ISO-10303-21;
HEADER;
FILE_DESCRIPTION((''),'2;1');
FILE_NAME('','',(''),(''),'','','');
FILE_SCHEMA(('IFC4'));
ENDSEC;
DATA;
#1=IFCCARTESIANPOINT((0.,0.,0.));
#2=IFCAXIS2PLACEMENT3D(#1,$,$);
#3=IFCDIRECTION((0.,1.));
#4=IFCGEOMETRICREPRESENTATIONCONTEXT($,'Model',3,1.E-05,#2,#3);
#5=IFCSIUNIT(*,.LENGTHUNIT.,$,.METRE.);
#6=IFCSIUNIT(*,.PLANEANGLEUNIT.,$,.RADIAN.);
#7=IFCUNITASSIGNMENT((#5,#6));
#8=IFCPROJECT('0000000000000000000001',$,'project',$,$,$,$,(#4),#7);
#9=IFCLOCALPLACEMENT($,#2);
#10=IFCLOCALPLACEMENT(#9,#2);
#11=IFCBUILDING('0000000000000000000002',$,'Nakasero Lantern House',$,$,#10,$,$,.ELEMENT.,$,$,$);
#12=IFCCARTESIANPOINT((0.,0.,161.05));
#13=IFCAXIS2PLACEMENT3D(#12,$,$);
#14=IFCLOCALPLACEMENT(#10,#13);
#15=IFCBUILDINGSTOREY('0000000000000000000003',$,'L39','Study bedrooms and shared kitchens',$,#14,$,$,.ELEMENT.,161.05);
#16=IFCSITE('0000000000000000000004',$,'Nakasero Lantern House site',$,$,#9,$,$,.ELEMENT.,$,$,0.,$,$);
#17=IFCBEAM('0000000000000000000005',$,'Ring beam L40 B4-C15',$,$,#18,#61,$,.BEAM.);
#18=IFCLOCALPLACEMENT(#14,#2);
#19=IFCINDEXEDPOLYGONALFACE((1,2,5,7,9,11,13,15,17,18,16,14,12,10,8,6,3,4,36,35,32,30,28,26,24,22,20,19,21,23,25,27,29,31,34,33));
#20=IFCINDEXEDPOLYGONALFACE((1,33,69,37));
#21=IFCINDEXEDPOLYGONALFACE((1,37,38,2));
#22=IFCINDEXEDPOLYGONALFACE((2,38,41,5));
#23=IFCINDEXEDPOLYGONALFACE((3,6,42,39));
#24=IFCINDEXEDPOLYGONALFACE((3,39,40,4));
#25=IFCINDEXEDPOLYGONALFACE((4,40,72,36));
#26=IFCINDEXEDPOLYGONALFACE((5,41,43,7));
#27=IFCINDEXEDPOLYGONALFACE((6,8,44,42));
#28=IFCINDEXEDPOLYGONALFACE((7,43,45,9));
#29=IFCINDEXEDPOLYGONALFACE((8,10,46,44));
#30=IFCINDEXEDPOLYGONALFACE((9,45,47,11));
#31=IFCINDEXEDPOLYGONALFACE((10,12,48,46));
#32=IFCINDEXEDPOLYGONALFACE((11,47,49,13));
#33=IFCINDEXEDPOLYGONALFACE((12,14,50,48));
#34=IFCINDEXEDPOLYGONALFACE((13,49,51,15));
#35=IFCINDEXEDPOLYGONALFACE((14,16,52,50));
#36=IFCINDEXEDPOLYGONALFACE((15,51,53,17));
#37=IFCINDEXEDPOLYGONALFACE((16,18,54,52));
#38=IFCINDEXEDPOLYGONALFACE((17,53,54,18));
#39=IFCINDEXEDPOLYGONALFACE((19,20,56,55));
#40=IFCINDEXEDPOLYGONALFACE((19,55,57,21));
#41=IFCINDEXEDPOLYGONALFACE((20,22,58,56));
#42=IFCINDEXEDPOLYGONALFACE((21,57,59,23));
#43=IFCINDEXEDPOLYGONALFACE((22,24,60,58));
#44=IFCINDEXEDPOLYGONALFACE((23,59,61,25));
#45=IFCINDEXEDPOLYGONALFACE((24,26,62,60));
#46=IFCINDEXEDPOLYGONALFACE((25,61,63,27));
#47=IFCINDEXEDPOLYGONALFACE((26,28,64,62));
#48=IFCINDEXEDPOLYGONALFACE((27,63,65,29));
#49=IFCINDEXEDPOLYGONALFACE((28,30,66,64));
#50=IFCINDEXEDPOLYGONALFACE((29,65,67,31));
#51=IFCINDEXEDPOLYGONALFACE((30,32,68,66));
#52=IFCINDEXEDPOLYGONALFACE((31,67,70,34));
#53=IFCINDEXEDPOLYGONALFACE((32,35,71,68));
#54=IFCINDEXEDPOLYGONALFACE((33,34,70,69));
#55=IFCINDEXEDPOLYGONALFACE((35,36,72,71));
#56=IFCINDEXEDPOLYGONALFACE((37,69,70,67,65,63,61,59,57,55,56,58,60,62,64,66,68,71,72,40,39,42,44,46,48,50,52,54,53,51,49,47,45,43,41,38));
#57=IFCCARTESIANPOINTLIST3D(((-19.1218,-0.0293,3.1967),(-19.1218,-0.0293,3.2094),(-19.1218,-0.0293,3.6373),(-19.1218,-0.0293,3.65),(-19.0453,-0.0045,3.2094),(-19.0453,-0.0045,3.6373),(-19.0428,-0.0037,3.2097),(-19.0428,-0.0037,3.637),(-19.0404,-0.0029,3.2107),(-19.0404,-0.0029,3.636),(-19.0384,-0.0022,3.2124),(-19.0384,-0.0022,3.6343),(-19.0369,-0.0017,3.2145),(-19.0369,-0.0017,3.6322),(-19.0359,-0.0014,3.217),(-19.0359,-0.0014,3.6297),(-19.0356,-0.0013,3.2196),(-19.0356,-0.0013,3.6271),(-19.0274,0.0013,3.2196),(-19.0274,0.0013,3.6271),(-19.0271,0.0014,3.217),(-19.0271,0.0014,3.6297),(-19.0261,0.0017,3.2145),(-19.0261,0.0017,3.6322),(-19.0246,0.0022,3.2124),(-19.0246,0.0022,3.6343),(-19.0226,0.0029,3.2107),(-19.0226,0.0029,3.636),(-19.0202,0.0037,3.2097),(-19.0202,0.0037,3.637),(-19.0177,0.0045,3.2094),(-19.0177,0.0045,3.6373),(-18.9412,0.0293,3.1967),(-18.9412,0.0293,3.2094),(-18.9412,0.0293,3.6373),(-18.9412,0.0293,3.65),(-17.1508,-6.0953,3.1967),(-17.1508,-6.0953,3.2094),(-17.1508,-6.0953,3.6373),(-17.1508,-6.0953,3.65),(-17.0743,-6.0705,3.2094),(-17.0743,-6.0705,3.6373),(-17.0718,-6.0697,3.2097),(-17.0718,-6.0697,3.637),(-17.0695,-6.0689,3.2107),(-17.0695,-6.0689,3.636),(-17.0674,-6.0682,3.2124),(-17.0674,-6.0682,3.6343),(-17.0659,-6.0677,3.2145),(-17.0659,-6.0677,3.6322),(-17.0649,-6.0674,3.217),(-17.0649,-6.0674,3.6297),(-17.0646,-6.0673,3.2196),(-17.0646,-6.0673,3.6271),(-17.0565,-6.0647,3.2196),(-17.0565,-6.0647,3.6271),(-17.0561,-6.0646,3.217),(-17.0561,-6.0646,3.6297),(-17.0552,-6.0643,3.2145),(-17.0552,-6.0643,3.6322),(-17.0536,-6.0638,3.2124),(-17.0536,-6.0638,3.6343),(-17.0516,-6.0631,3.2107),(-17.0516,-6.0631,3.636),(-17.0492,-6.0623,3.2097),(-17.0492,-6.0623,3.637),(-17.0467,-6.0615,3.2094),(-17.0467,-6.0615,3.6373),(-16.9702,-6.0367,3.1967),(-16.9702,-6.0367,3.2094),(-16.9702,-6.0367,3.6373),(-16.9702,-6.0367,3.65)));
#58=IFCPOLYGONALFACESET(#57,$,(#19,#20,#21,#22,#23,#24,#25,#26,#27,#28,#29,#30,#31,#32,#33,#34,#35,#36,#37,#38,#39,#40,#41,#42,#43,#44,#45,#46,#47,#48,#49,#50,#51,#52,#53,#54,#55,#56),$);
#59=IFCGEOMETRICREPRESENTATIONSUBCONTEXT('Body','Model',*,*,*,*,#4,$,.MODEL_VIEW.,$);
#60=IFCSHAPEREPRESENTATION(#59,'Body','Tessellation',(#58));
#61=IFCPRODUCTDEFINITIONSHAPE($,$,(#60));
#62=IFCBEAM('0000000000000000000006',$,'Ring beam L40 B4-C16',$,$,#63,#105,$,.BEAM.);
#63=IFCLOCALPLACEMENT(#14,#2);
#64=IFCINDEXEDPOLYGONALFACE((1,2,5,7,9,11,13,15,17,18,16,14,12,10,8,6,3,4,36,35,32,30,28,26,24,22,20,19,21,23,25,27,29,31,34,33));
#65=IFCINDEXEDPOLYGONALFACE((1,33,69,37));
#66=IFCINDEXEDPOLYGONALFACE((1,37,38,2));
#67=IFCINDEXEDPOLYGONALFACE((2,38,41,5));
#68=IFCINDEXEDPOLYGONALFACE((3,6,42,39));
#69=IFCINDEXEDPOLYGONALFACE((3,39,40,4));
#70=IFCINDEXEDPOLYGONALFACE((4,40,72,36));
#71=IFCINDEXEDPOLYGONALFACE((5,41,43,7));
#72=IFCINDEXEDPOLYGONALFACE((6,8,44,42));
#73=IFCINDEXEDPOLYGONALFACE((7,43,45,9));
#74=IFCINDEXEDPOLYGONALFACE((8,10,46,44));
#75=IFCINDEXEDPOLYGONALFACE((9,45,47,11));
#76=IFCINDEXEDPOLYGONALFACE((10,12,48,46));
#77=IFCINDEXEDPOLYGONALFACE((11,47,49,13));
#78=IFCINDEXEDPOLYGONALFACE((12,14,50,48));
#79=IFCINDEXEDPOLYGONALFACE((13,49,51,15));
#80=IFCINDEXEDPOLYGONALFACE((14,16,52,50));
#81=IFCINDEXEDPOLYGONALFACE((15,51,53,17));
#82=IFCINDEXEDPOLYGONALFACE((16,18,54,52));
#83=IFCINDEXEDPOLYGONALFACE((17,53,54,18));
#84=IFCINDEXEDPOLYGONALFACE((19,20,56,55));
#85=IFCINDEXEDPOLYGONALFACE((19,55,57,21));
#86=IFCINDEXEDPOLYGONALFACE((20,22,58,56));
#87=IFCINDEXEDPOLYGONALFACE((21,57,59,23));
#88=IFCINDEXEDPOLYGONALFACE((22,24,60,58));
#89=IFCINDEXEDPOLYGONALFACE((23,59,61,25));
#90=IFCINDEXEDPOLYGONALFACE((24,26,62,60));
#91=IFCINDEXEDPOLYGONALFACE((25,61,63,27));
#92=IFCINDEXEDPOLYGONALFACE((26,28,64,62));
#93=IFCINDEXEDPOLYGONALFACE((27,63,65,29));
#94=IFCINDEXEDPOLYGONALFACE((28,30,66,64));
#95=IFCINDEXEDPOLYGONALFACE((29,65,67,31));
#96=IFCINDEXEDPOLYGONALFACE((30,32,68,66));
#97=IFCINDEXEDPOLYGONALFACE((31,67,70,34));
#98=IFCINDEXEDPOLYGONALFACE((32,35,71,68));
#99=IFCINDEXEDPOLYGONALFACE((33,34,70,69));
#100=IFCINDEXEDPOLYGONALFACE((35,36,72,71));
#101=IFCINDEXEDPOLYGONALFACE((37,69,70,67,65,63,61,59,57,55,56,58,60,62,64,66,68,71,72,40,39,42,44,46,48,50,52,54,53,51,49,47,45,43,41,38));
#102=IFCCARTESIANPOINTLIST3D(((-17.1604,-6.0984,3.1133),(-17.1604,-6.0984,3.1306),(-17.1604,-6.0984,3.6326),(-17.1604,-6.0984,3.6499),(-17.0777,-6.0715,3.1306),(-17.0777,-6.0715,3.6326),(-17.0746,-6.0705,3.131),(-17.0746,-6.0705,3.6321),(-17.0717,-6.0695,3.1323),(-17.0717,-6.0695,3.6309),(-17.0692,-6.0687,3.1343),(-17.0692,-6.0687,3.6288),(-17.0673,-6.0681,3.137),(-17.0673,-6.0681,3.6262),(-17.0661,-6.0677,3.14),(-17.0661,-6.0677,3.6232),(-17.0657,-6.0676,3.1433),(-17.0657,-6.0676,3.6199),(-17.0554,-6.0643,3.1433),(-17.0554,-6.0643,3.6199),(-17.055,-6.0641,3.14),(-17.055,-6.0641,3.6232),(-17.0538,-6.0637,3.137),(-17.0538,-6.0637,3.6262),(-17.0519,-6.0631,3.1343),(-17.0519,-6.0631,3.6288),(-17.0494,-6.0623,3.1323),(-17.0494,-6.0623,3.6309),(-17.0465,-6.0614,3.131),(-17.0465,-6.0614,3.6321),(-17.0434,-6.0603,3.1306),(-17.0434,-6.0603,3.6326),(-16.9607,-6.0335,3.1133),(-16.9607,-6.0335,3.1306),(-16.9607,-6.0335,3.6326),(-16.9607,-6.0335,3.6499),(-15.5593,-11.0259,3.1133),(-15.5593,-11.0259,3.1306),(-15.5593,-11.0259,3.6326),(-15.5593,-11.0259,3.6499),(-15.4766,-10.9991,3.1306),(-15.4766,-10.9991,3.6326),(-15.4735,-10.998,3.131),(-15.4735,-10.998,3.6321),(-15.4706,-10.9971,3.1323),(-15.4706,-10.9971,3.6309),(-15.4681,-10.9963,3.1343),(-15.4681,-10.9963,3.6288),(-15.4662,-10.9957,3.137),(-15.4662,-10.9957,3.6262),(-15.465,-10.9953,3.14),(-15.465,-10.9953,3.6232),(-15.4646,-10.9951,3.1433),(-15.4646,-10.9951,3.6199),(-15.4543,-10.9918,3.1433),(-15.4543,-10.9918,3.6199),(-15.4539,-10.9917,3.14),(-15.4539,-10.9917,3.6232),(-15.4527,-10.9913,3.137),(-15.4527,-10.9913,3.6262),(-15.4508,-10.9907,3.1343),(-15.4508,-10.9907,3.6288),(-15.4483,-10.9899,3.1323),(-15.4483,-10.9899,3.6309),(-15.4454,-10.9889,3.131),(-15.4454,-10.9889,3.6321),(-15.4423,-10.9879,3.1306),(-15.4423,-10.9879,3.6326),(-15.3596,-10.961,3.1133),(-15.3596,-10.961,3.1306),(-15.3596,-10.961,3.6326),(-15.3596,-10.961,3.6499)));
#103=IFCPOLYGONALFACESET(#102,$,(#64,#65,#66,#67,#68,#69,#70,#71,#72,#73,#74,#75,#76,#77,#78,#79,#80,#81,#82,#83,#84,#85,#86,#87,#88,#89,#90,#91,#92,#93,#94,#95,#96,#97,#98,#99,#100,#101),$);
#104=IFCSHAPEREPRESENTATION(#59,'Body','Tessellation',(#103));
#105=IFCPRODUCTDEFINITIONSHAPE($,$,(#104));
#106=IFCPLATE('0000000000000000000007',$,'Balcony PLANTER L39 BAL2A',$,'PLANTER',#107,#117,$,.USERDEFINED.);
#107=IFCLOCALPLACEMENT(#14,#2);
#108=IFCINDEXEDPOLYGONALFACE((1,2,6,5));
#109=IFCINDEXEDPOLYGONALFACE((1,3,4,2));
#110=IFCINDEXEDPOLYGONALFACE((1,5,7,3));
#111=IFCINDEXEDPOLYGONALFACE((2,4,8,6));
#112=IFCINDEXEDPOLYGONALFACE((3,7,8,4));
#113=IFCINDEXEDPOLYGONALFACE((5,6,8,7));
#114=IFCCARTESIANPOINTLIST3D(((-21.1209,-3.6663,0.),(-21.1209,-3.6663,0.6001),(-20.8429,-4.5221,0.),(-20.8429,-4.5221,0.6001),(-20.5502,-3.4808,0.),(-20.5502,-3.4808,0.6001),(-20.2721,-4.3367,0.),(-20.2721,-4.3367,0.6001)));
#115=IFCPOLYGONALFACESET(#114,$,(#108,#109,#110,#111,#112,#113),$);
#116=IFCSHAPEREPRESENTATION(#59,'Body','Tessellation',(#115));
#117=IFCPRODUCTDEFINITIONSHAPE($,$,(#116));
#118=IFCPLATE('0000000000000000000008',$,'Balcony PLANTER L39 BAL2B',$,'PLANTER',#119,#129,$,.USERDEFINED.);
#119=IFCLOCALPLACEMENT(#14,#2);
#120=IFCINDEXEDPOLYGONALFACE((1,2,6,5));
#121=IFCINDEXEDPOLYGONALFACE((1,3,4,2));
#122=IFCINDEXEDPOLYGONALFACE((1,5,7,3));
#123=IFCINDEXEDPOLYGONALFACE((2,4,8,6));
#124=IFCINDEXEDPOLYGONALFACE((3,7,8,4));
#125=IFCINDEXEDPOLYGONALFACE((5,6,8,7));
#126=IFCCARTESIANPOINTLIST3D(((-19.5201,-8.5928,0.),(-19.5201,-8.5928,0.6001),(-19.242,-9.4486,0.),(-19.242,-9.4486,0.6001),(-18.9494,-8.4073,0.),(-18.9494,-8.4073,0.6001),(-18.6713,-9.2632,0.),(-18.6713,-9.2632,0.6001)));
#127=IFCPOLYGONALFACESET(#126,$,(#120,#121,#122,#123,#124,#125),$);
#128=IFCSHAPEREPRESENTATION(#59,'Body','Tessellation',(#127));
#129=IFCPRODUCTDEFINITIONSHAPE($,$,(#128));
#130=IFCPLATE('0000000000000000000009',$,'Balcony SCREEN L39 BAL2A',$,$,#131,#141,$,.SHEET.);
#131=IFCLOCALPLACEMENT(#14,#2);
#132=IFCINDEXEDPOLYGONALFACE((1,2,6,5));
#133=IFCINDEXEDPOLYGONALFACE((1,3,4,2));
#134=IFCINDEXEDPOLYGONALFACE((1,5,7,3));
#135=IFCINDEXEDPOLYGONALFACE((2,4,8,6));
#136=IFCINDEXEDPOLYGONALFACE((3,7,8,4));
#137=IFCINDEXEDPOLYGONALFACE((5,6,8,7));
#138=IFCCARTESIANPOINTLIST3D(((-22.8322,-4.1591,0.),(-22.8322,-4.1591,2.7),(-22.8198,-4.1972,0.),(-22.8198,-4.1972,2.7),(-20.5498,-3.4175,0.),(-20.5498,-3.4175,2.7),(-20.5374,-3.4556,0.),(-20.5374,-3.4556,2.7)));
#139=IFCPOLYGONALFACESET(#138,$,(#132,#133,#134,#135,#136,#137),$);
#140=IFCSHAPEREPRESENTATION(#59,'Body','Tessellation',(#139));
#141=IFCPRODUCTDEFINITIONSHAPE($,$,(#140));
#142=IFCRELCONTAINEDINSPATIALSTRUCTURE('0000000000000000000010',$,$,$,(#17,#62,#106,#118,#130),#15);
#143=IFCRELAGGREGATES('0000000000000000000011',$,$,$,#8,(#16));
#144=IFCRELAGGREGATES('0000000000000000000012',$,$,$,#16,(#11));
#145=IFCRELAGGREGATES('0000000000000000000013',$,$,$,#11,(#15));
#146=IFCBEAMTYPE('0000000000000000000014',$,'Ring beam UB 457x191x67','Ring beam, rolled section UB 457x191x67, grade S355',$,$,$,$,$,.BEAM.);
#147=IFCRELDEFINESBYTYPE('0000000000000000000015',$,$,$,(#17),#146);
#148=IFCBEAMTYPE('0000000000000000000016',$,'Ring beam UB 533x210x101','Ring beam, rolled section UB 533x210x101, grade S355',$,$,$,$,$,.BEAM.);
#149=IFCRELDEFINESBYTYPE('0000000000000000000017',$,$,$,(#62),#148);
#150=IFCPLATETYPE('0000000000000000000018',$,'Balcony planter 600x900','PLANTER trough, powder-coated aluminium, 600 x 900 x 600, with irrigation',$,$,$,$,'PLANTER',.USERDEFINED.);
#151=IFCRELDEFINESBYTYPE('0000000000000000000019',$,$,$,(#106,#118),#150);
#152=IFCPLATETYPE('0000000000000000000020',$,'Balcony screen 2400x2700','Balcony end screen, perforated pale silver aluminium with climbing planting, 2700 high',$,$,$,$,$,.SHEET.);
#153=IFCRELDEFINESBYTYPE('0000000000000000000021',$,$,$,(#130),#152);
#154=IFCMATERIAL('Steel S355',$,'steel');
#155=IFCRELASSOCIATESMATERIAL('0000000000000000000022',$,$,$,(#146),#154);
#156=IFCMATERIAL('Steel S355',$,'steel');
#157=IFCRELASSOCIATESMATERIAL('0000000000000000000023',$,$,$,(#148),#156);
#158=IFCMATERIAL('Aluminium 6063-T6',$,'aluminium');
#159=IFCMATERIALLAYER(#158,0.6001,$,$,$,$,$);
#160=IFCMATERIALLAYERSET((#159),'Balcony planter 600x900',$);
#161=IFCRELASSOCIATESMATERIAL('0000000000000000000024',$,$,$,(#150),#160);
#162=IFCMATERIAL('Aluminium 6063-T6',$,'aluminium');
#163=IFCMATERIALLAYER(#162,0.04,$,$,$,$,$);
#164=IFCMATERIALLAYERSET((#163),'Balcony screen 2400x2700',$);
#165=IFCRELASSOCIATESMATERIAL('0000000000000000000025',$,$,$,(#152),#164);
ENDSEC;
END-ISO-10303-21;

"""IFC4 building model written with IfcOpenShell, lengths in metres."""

from ifc_helpers import new_model, si_unit, direction, frame, origin, origin_2d, place, context, subcontext, project, spatial, rectangle, i_section, extrude, material, layer, layer_set, material_profile, profile_set, type_object, element, save


model = new_model("IFC4")

# Units and contexts
model_context = context("Model", 3, precision=1e-05, world=origin(), true_north=direction((0.0, 1.0)))
body_context = subcontext(model_context, "Body", "Model", "MODEL_VIEW")
ifc_project = project(units=[si_unit("LENGTHUNIT", "METRE"), si_unit("PLANEANGLEUNIT", "RADIAN")], contexts=[model_context])

# Site, building, storey
site_placement = place(None, origin())
site = spatial("IfcSite", under=ifc_project, at=site_placement, Name="Nakasero Lantern House site", CompositionType="ELEMENT", RefElevation=0.0)
building_placement = place(site_placement, origin())
building = spatial("IfcBuilding", under=site, at=building_placement, Name="Nakasero Lantern House", CompositionType="ELEMENT")
storey_placement = place(building_placement, frame((0.0, 0.0, 161.05)))
storey = spatial("IfcBuildingStorey", under=building, at=storey_placement, Name="L39", Description="Study bedrooms and shared kitchens", CompositionType="ELEMENT", Elevation=161.05)

# Beams
ifc_material_1 = material(Name="Steel S355", Category="steel")
ifc_material_profile_1 = material_profile(ifc_material_1, i_section(OverallWidth=0.1899, OverallDepth=0.4534, WebThickness=0.0085, FlangeThickness=0.0127, FilletRadius=0.0103, at=origin_2d()), Name="UB 457x191x67")
ifc_profile_set_1 = profile_set([ifc_material_profile_1], Name="Steel S355")
beam_type_1 = type_object("IfcBeamType", Name="Ring beam UB 457x191x67", Description="Ring beam, rolled section UB 457x191x67, grade S355", PredefinedType="BEAM", material=ifc_profile_set_1)
beam_1_placement = place(storey_placement, frame((-19.0315, 0.0, 3.4233), z_axis=(0.309019, -0.951056, 0.0), x_axis=(0.951056, 0.309019, 0.0)))
element("IfcBeam", 1, at=beam_1_placement, inside=storey, type_object=beam_type_1, Name="Ring beam L40 B4-C15", PredefinedType="BEAM", context=body_context, shape_type="SweptSolid", body=[
    extrude(i_section(OverallWidth=0.1899, OverallDepth=0.4534, WebThickness=0.0085, FlangeThickness=0.0127, FilletRadius=0.0103, at=origin_2d()), origin(), (0.0, 0.0, 1.0), 6.3782),
])
ifc_material_2 = material(Name="Steel S355", Category="steel")
ifc_material_profile_2 = material_profile(ifc_material_2, i_section(OverallWidth=0.21, OverallDepth=0.5366, WebThickness=0.0107, FlangeThickness=0.0173, FilletRadius=0.0127, at=origin_2d()), Name="UB 533x210x101")
ifc_profile_set_2 = profile_set([ifc_material_profile_2], Name="Steel S355")
beam_type_2 = type_object("IfcBeamType", Name="Ring beam UB 533x210x101", Description="Ring beam, rolled section UB 533x210x101, grade S355", PredefinedType="BEAM", material=ifc_profile_set_2)
beam_2_placement = place(storey_placement, frame((-17.0605, -6.0659, 3.3816), z_axis=(0.309023, -0.951054, 0.0), x_axis=(0.951054, 0.309023, 0.0)))
element("IfcBeam", 2, at=beam_2_placement, inside=storey, type_object=beam_type_2, Name="Ring beam L40 B4-C16", PredefinedType="BEAM", context=body_context, shape_type="SweptSolid", body=[
    extrude(i_section(OverallWidth=0.21, OverallDepth=0.5366, WebThickness=0.0107, FlangeThickness=0.0173, FilletRadius=0.0127, at=origin_2d()), origin(), (0.0, 0.0, 1.0), 5.1812),
])

# Plates
ifc_material_3 = material(Name="Aluminium 6063-T6", Category="aluminium")
ifc_layer_1 = layer(ifc_material_3, 0.6001)
ifc_layer_set_1 = layer_set([ifc_layer_1], Name="Balcony planter 600x900")
plate_type_1 = type_object("IfcPlateType", Name="Balcony planter 600x900", Description="PLANTER trough, powder-coated aluminium, 600 x 900 x 600, with irrigation", ElementType="PLANTER", PredefinedType="USERDEFINED", material=ifc_layer_set_1)
for number, where, z_axis, x_axis, name in (
    (3, (-20.6965, -4.0015, 0.0), (0.0, 0.0, 1.0), (-0.951057, -0.309017, 0.0), "Balcony PLANTER L39 BAL2A"),
    (4, (-19.0957, -8.928, 0.0), (0.0, 0.0, 1.0), (-0.951057, -0.309017, 0.0), "Balcony PLANTER L39 BAL2B"),
):
    element("IfcPlate", number, at=place(storey_placement, frame(where, z_axis=z_axis, x_axis=x_axis)), inside=storey, type_object=plate_type_1, Name=name, ObjectType="PLANTER", PredefinedType="USERDEFINED", context=body_context, shape_type="SweptSolid", body=[
        extrude(rectangle(XDim=0.6001, YDim=0.8999, at=origin_2d()), origin(), (0.0, 0.0, 1.0), 0.6001),
    ])
ifc_material_4 = material(Name="Aluminium 6063-T6", Category="aluminium")
ifc_layer_2 = layer(ifc_material_4, 0.04)
ifc_layer_set_2 = layer_set([ifc_layer_2], Name="Balcony screen 2400x2700")
plate_type_2 = type_object("IfcPlateType", Name="Balcony screen 2400x2700", Description="Balcony end screen, perforated pale silver aluminium with climbing planting, 2700 high", PredefinedType="SHEET", material=ifc_layer_set_2)
plate_placement = place(storey_placement, frame((-21.6848, -3.8074, 0.0), z_axis=(0.0, 0.0, 1.0), x_axis=(-0.951057, -0.309017, 0.0)))
element("IfcPlate", 5, at=plate_placement, inside=storey, type_object=plate_type_2, Name="Balcony SCREEN L39 BAL2A", PredefinedType="SHEET", context=body_context, shape_type="SweptSolid", body=[
    extrude(rectangle(XDim=2.3999, YDim=0.04, at=origin_2d()), origin(), (0.0, 0.0, 1.0), 2.7),
])

save(model, "model.ifc")
